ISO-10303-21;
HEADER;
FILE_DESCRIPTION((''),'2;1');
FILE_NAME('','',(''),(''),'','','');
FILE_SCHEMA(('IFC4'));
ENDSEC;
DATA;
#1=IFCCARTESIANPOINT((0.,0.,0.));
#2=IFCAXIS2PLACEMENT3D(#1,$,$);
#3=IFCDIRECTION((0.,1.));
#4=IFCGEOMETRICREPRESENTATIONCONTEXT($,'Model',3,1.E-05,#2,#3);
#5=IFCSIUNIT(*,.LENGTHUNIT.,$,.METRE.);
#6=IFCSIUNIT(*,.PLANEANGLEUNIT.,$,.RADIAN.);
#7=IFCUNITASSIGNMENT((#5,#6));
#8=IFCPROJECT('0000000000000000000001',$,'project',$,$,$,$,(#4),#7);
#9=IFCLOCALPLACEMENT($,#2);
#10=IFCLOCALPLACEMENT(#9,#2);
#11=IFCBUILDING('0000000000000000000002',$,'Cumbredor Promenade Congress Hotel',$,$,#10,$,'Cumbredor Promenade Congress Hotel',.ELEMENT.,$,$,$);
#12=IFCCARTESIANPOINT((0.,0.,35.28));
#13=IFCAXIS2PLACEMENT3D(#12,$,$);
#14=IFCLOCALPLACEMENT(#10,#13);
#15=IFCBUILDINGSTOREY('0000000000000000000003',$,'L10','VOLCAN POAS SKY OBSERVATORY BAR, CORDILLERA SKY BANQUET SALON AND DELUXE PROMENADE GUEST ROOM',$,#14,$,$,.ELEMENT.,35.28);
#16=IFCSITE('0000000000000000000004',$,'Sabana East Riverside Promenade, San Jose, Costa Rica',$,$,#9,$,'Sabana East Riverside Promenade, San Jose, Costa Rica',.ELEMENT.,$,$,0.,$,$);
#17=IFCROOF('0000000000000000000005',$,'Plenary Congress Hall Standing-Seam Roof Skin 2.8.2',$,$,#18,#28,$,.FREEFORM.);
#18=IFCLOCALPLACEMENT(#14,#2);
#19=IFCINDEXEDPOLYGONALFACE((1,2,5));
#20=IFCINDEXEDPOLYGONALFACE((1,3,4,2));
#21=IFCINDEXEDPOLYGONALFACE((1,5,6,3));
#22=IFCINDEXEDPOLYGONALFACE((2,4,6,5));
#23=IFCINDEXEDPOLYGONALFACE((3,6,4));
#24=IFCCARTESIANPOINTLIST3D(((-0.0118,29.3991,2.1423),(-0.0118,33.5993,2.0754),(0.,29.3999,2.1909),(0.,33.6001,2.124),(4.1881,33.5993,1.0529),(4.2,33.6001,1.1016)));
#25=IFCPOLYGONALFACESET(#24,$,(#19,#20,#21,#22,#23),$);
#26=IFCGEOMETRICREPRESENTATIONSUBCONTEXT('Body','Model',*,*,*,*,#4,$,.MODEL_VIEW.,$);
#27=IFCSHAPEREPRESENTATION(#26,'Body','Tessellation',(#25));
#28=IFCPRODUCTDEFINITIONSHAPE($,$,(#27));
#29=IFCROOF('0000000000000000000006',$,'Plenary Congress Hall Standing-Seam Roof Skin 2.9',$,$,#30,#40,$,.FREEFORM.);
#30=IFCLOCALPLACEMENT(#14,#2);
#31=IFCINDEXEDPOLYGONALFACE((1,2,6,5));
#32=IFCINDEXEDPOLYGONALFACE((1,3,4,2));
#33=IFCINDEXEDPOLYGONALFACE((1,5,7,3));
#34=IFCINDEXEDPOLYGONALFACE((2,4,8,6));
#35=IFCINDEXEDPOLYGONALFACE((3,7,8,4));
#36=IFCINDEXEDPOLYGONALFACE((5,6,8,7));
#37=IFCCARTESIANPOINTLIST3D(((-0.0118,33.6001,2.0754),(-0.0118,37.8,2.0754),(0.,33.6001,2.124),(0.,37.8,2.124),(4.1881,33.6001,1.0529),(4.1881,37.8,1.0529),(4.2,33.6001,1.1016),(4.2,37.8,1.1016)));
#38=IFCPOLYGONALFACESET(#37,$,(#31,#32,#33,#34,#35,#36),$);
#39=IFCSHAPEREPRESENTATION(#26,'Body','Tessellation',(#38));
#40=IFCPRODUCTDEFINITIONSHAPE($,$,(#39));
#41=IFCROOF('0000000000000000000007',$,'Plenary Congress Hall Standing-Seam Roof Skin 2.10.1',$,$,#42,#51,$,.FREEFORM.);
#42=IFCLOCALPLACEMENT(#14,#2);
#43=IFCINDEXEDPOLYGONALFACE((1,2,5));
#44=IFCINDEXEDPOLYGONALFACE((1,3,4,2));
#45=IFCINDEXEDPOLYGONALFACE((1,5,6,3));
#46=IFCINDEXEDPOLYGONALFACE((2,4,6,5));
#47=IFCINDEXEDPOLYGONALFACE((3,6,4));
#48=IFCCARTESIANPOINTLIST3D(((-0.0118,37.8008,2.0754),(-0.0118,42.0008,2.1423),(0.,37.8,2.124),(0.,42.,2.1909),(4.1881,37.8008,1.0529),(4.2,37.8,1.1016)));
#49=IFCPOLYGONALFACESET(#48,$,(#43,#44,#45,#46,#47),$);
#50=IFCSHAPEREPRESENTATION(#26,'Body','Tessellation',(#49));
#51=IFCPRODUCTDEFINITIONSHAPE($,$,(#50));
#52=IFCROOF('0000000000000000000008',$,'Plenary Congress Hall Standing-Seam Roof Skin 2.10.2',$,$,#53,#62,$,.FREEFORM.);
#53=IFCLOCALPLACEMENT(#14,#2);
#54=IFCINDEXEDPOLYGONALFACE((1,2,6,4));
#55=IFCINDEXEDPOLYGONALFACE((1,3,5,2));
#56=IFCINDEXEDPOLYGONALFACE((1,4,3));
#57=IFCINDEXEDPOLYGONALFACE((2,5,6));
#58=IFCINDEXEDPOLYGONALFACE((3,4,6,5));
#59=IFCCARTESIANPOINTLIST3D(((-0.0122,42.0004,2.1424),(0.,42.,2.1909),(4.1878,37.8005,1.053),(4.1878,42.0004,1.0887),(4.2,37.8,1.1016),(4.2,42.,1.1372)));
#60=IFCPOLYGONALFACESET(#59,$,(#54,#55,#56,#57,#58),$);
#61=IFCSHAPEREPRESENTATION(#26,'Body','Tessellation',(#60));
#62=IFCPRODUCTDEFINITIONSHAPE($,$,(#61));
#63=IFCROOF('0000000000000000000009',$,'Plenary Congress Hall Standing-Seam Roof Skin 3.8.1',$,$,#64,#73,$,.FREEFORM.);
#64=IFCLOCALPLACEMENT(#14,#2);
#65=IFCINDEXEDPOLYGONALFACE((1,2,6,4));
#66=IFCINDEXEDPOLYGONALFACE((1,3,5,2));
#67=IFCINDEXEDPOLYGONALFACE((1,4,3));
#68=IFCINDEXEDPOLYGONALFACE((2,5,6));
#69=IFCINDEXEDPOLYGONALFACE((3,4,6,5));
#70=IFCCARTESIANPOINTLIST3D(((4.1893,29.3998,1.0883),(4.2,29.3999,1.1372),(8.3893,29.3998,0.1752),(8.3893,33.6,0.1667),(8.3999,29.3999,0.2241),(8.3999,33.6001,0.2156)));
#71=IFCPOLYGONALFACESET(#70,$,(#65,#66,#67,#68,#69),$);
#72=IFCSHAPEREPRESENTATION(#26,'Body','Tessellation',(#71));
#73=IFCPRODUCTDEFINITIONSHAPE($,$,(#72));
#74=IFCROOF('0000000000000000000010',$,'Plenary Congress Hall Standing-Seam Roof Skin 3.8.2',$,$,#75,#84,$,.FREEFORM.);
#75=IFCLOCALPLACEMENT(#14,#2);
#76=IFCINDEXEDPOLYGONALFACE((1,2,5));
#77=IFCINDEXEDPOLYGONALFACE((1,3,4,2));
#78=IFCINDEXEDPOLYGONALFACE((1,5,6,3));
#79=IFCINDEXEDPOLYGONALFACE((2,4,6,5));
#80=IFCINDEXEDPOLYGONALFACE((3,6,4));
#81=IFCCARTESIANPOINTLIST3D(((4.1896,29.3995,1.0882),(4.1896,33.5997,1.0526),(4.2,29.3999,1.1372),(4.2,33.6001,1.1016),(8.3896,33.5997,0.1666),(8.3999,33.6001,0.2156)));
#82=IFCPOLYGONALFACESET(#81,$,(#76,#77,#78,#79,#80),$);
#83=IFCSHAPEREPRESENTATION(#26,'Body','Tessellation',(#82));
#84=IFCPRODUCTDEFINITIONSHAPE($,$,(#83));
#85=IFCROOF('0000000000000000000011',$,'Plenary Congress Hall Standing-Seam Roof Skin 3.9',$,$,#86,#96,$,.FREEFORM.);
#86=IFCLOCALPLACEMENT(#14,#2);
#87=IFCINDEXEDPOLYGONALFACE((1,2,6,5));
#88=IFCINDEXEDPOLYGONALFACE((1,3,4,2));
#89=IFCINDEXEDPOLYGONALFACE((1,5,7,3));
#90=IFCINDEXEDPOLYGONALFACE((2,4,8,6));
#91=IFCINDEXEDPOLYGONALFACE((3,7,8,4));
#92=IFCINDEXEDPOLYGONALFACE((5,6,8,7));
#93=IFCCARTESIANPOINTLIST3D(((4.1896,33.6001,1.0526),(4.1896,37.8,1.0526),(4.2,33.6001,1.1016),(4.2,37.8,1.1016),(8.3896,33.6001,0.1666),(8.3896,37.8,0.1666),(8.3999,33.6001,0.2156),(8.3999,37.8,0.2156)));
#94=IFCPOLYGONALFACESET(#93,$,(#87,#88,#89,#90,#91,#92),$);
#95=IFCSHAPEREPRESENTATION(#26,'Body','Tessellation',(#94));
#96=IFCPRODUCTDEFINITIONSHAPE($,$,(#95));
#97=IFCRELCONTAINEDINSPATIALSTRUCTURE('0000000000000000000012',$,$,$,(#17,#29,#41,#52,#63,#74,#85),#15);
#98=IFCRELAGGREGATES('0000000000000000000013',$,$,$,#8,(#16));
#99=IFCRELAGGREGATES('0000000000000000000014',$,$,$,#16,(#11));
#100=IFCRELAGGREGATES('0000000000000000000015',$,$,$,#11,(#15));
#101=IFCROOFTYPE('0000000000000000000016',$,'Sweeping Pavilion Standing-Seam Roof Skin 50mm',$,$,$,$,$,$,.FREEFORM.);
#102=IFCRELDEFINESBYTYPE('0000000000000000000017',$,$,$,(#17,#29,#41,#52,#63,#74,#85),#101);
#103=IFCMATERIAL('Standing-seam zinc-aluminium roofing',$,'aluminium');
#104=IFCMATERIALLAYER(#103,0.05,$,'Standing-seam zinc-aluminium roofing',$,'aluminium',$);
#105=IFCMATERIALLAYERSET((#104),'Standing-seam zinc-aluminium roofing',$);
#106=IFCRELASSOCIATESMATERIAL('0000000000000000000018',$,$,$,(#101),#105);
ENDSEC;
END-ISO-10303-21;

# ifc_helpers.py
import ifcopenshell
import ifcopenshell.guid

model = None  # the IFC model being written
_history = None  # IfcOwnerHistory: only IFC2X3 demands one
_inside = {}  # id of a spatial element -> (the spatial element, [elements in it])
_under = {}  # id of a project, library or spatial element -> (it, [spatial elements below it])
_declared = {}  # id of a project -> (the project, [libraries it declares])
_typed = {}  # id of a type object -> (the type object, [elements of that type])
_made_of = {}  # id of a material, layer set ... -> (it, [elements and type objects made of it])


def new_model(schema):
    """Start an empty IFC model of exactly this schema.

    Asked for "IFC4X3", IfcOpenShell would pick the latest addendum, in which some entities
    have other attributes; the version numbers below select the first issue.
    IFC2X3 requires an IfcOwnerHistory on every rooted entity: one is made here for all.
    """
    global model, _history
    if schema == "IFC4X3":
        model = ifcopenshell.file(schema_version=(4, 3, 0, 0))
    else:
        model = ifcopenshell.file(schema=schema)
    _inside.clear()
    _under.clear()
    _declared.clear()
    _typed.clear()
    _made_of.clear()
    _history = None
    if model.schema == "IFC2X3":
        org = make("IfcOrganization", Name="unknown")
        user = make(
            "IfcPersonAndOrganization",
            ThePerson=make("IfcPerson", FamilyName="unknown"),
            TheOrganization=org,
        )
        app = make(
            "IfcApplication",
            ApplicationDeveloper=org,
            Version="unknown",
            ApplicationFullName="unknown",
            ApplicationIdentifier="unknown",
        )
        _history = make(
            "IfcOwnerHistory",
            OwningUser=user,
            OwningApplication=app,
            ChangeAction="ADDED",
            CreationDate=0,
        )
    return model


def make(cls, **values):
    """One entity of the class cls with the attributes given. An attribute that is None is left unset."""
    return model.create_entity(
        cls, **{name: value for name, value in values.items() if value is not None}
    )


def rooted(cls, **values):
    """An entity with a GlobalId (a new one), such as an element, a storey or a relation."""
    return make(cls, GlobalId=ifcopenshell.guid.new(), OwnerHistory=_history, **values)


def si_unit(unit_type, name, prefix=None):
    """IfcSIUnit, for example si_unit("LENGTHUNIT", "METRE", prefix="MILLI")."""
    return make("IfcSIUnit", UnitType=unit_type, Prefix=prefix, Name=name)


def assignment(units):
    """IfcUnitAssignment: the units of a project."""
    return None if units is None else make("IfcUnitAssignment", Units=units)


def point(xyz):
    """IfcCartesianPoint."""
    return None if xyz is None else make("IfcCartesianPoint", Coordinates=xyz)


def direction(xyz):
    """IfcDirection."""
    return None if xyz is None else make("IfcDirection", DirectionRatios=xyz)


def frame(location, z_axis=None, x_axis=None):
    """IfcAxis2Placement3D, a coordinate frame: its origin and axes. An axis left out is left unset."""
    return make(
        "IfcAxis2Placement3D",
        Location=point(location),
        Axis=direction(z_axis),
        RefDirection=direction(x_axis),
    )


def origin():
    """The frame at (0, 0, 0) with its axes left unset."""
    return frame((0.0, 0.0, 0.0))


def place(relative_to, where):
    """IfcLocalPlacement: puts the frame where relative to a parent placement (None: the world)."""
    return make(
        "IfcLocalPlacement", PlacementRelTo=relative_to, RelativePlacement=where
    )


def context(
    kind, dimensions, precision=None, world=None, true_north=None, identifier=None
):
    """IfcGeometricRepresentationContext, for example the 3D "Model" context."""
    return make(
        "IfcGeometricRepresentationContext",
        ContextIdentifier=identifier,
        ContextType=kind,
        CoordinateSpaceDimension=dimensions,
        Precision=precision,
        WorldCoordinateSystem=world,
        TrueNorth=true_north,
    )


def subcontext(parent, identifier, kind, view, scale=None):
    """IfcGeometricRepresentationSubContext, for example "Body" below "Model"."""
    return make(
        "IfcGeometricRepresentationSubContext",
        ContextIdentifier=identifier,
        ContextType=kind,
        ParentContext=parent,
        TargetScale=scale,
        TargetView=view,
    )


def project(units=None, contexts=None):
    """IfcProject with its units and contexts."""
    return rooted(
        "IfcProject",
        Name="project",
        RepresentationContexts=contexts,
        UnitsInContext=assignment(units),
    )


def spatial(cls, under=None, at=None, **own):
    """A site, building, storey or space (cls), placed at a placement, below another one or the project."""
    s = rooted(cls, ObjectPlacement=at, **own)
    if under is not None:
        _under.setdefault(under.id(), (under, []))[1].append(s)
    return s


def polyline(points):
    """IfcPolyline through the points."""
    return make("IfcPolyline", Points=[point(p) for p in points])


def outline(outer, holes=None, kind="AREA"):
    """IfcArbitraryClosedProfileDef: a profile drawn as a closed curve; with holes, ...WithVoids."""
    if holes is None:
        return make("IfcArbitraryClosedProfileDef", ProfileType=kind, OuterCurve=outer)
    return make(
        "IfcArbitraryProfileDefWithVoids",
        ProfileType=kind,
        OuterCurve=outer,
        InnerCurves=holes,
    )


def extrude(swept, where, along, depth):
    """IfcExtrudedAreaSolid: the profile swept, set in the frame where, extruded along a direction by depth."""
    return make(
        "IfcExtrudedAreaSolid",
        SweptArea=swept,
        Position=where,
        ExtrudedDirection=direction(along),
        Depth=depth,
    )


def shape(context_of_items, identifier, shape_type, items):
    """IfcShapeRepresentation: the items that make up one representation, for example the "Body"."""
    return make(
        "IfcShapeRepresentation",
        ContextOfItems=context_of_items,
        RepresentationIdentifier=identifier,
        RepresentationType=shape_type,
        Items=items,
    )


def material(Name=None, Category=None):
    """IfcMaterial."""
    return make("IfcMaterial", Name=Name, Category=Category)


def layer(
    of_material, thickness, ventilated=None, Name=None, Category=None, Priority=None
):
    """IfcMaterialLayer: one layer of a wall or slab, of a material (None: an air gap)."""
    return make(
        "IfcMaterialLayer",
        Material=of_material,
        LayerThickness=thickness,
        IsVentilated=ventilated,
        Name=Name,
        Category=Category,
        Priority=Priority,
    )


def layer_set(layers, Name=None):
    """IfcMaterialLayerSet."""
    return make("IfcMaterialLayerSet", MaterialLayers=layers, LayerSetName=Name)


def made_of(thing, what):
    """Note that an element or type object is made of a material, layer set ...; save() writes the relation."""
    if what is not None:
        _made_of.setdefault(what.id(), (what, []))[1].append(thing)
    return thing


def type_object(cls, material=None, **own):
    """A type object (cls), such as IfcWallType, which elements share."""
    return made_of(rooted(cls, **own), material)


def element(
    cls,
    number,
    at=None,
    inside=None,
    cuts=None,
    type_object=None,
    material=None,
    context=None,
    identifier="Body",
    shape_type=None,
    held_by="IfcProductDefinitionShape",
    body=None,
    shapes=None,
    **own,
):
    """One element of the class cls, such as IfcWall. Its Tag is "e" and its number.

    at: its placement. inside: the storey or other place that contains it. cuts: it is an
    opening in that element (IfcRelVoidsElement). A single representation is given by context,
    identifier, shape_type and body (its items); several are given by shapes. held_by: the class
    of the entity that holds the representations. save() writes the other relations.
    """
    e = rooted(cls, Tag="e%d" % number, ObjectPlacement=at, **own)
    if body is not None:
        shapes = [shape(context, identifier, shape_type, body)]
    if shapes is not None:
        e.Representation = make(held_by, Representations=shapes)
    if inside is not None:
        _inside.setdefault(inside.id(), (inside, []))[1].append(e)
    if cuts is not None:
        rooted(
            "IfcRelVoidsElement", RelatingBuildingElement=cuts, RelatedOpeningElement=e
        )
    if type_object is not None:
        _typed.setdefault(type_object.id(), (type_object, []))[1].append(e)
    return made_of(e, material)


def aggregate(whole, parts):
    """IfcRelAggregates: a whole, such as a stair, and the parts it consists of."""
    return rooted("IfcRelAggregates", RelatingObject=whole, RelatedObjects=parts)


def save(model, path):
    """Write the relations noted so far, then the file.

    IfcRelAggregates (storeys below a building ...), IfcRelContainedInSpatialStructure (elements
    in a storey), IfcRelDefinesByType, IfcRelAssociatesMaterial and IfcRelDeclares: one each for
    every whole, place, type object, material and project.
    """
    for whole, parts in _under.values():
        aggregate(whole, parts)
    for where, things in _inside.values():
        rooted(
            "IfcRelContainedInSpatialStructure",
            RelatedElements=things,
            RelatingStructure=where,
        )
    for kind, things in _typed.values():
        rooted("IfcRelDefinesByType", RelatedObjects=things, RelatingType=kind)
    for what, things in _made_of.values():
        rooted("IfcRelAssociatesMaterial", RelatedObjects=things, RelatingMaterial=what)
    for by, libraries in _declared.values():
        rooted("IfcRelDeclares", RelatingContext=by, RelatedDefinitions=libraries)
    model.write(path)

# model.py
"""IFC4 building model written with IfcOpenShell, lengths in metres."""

from ifc_helpers import new_model, si_unit, direction, frame, origin, place, context, subcontext, project, spatial, polyline, outline, extrude, material, layer, layer_set, type_object, element, save


model = new_model("IFC4")

# Units and contexts
model_context = context("Model", 3, precision=1e-05, world=origin(), true_north=direction((0.0, 1.0)))
body_context = subcontext(model_context, "Body", "Model", "MODEL_VIEW")
ifc_project = project(units=[si_unit("LENGTHUNIT", "METRE"), si_unit("PLANEANGLEUNIT", "RADIAN")], contexts=[model_context])

# Site, building, storey
site_placement = place(None, origin())
site = spatial("IfcSite", under=ifc_project, at=site_placement, Name="Sabana East Riverside Promenade, San Jose, Costa Rica", LongName="Sabana East Riverside Promenade, San Jose, Costa Rica", CompositionType="ELEMENT", RefElevation=0.0)
building_placement = place(site_placement, origin())
building = spatial("IfcBuilding", under=site, at=building_placement, Name="Cumbredor Promenade Congress Hotel", LongName="Cumbredor Promenade Congress Hotel", CompositionType="ELEMENT")
storey_placement = place(building_placement, frame((0.0, 0.0, 35.28)))
storey = spatial("IfcBuildingStorey", under=building, at=storey_placement, Name="L10", Description="VOLCAN POAS SKY OBSERVATORY BAR, CORDILLERA SKY BANQUET SALON AND DELUXE PROMENADE GUEST ROOM", CompositionType="ELEMENT", Elevation=35.28)

# Roofs
ifc_material_1 = material(Name="Standing-seam zinc-aluminium roofing", Category="aluminium")
ifc_layer_1 = layer(ifc_material_1, 0.05, Name="Standing-seam zinc-aluminium roofing", Category="aluminium")
ifc_layer_set_1 = layer_set([ifc_layer_1], Name="Standing-seam zinc-aluminium roofing")
roof_type = type_object("IfcRoofType", Name="Sweeping Pavilion Standing-Seam Roof Skin 50mm", PredefinedType="FREEFORM", material=ifc_layer_set_1)
roof_1_placement = place(storey_placement, frame((0.0, 29.3999, 2.1909), z_axis=(0.236509, 0.015473, 0.971506), x_axis=(0.695487, 0.695527, -0.180391)))
element("IfcRoof", 1, at=roof_1_placement, inside=storey, type_object=roof_type, Name="Plenary Congress Hall Standing-Seam Roof Skin 2.8.2", PredefinedType="FREEFORM", context=body_context, shape_type="SweptSolid", body=[
    extrude(outline(polyline([(0.0, 0.0), (6.0389, 0.0), (2.9334, 3.0069), (0.0, 0.0)])), origin(), (0.0, 0.0, -1.0), 0.05),
])
roof_2_placement = place(storey_placement, frame((0.0, 33.6001, 2.124), z_axis=(0.236537, 0.0, 0.971622), x_axis=(0.971622, 0.0, -0.236537)))
element("IfcRoof", 2, at=roof_2_placement, inside=storey, type_object=roof_type, Name="Plenary Congress Hall Standing-Seam Roof Skin 2.9", PredefinedType="FREEFORM", context=body_context, shape_type="SweptSolid", body=[
    extrude(outline(polyline([(0.0, 0.0), (4.3226, 0.0), (4.3226, 4.2), (0.0, 4.2), (0.0, 0.0)])), origin(), (0.0, 0.0, -1.0), 0.05),
])
roof_3_placement = place(storey_placement, frame((0.0, 37.8, 2.124), z_axis=(0.236509, -0.015474, 0.971506), x_axis=(0.971622, 0.0, -0.236537)))
element("IfcRoof", 3, at=roof_3_placement, inside=storey, type_object=roof_type, Name="Plenary Congress Hall Standing-Seam Roof Skin 2.10.1", PredefinedType="FREEFORM", context=body_context, shape_type="SweptSolid", body=[
    extrude(outline(polyline([(0.0, 0.0), (4.3226, 0.0), (-0.0158, 4.2005), (0.0, 0.0)])), origin(), (0.0, 0.0, -1.0), 0.05),
])
roof_4_placement = place(storey_placement, frame((4.2, 37.8, 1.1016), z_axis=(0.243337, -0.008231, 0.969907), x_axis=(0.0, 0.999964, 0.008487)))
element("IfcRoof", 4, at=roof_4_placement, inside=storey, type_object=roof_type, Name="Plenary Congress Hall Standing-Seam Roof Skin 2.10.2", PredefinedType="FREEFORM", context=body_context, shape_type="SweptSolid", body=[
    extrude(outline(polyline([(0.0, 0.0), (4.2001, 0.0), (4.209, 4.3301), (0.0, 0.0)])), origin(), (0.0, 0.0, -1.0), 0.05),
])
roof_5_placement = place(storey_placement, frame((4.2, 29.3999, 1.1372), z_axis=(0.212441, 0.001988, 0.977172), x_axis=(0.977174, 0.0, -0.212441)))
element("IfcRoof", 5, at=roof_5_placement, inside=storey, type_object=roof_type, Name="Plenary Congress Hall Standing-Seam Roof Skin 3.8.1", PredefinedType="FREEFORM", context=body_context, shape_type="SweptSolid", body=[
    extrude(outline(polyline([(0.0, 0.0), (4.2981, 0.0), (4.2999, 4.2002), (0.0, 0.0)])), origin(), (0.0, 0.0, -1.0), 0.05),
])
roof_6_placement = place(storey_placement, frame((4.2, 29.3999, 1.1372), z_axis=(0.206402, 0.008303, 0.978432), x_axis=(0.698725, 0.698766, -0.153327)))
element("IfcRoof", 6, at=roof_6_placement, inside=storey, type_object=roof_type, Name="Plenary Congress Hall Standing-Seam Roof Skin 3.8.2", PredefinedType="FREEFORM", context=body_context, shape_type="SweptSolid", body=[
    extrude(outline(polyline([(0.0, 0.0), (6.0109, 0.0), (2.9404, 2.9995), (0.0, 0.0)])), origin(), (0.0, 0.0, -1.0), 0.05),
])
roof_7_placement = place(storey_placement, frame((4.2, 33.6001, 1.1016), z_axis=(0.206409, 0.0, 0.978466), x_axis=(0.978466, 0.0, -0.206409)))
element("IfcRoof", 7, at=roof_7_placement, inside=storey, type_object=roof_type, Name="Plenary Congress Hall Standing-Seam Roof Skin 3.9", PredefinedType="FREEFORM", context=body_context, shape_type="SweptSolid", body=[
    extrude(outline(polyline([(0.0, 0.0), (4.2924, 0.0), (4.2924, 4.2), (0.0, 4.2), (0.0, 0.0)])), origin(), (0.0, 0.0, -1.0), 0.05),
])

save(model, "model.ifc")
